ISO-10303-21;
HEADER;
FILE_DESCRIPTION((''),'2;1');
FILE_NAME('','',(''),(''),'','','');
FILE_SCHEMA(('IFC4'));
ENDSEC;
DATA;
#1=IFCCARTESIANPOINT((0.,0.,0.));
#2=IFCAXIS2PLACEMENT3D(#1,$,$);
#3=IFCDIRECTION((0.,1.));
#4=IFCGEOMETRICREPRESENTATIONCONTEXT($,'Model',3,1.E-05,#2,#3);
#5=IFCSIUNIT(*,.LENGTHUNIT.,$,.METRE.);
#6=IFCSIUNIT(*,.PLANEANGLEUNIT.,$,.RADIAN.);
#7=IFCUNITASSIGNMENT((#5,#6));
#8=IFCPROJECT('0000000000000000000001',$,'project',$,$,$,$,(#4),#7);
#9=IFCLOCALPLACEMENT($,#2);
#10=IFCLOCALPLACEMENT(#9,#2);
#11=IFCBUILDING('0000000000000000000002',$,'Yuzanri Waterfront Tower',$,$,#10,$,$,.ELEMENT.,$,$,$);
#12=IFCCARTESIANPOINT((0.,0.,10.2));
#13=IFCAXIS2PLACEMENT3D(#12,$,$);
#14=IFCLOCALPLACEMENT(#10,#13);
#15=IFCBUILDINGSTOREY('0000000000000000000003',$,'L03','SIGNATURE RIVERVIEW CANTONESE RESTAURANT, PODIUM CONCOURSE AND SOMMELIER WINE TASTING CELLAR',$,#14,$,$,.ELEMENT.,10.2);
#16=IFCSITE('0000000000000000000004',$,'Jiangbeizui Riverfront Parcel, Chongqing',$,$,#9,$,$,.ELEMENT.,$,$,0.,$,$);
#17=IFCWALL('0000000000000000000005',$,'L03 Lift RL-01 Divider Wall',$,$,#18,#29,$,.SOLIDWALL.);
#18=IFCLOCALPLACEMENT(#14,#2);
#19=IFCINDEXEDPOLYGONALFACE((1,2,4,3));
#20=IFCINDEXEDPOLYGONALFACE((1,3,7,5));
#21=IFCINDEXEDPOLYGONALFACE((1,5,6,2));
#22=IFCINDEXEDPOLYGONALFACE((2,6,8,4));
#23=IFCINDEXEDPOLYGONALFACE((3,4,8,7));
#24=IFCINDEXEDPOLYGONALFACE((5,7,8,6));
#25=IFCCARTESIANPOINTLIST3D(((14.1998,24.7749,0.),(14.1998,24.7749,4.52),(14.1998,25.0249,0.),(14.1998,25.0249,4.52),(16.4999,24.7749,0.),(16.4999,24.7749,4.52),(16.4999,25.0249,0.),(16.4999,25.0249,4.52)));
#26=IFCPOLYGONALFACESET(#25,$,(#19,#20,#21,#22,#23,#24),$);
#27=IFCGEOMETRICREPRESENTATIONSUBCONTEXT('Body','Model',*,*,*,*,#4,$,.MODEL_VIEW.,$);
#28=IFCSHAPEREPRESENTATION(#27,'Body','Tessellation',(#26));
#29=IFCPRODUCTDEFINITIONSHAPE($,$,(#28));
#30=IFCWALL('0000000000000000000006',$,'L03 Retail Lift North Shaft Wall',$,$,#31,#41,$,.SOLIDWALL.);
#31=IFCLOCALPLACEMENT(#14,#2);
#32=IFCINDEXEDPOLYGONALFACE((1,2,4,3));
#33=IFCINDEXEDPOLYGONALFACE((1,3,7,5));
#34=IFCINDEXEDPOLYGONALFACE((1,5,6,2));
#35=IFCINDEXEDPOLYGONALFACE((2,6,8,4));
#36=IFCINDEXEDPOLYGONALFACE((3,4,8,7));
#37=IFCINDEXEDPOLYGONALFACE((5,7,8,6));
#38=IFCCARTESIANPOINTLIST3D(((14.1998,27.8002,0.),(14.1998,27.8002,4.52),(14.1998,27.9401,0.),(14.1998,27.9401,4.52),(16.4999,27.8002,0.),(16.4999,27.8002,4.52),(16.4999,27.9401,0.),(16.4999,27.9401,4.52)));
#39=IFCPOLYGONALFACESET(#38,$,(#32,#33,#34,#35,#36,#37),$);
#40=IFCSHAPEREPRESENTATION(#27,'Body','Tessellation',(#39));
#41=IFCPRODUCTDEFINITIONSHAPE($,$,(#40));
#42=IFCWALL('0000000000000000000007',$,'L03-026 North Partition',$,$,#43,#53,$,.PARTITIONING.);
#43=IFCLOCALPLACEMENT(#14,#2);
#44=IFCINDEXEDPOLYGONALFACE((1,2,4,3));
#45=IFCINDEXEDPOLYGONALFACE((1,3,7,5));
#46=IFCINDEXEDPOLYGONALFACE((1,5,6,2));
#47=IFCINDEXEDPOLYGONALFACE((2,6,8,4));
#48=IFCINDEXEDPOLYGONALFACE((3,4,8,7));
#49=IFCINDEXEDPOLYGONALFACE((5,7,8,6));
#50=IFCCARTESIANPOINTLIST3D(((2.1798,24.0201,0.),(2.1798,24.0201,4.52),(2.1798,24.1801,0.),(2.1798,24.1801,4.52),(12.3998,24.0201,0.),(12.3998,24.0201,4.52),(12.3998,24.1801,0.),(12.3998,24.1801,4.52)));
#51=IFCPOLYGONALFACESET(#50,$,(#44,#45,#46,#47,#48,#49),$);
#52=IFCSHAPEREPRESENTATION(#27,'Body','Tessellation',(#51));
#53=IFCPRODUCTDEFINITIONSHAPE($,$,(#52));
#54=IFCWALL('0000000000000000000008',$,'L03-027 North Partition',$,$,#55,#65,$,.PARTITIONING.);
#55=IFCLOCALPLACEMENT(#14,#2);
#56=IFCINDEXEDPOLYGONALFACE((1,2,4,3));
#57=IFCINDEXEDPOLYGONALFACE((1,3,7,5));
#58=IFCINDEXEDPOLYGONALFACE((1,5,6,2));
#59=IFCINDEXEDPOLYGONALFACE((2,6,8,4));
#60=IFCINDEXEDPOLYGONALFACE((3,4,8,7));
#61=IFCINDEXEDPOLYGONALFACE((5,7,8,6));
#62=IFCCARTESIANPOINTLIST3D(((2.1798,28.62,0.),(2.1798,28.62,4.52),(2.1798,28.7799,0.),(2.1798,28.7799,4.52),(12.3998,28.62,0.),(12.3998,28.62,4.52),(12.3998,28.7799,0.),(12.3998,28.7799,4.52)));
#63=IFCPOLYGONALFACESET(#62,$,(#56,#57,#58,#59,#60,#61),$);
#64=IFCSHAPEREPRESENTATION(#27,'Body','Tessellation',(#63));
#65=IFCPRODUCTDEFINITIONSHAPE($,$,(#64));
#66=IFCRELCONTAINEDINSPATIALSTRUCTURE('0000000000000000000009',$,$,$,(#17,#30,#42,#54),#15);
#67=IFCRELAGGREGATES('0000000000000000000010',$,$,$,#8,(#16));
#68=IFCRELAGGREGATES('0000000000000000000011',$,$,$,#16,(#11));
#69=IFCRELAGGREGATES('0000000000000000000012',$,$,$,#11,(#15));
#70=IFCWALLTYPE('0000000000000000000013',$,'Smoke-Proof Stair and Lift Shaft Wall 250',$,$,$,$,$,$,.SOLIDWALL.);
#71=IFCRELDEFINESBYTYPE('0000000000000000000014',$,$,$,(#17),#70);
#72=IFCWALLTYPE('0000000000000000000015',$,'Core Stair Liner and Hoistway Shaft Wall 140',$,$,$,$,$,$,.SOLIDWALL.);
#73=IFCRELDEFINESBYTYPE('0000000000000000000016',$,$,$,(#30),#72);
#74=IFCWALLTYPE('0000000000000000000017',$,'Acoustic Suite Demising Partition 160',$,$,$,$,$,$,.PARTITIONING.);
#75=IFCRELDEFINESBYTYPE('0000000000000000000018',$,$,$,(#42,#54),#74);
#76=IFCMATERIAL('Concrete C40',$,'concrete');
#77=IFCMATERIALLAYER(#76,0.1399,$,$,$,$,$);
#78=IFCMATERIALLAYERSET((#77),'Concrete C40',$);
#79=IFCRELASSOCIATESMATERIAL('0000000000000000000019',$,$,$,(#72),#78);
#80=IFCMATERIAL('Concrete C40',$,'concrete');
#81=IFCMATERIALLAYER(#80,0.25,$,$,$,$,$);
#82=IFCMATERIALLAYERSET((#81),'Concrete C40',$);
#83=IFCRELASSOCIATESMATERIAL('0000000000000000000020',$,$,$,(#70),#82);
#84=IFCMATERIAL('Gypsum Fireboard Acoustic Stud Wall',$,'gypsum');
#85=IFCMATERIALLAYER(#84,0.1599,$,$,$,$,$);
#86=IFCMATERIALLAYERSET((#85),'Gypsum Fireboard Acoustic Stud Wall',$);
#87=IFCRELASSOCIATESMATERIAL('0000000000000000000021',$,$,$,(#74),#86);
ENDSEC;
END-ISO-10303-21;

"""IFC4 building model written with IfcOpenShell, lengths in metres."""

from ifc_helpers import new_model, si_unit, direction, frame, frame_2d, origin, place, context, subcontext, project, spatial, rectangle, extrude, source, transform, mapped, material, layer, layer_set, type_object, element, save


model = new_model("IFC4")

# Units and contexts
model_context = context("Model", 3, precision=1e-05, world=origin(), true_north=direction((0.0, 1.0)))
body_context = subcontext(model_context, "Body", "Model", "MODEL_VIEW")
ifc_project = project(units=[si_unit("LENGTHUNIT", "METRE"), si_unit("PLANEANGLEUNIT", "RADIAN")], contexts=[model_context])

# Site, building, storey
site_placement = place(None, origin())
site = spatial("IfcSite", under=ifc_project, at=site_placement, Name="Jiangbeizui Riverfront Parcel, Chongqing", CompositionType="ELEMENT", RefElevation=0.0)
building_placement = place(site_placement, origin())
building = spatial("IfcBuilding", under=site, at=building_placement, Name="Yuzanri Waterfront Tower", CompositionType="ELEMENT")
storey_placement = place(building_placement, frame((0.0, 0.0, 10.2)))
storey = spatial("IfcBuildingStorey", under=building, at=storey_placement, Name="L03", Description="SIGNATURE RIVERVIEW CANTONESE RESTAURANT, PODIUM CONCOURSE AND SOMMELIER WINE TASTING CELLAR", CompositionType="ELEMENT", Elevation=10.2)

# Shared definitions
ifc_material_1 = material(Name="Concrete C40", Category="concrete")
ifc_layer_1 = layer(ifc_material_1, 0.1399)
ifc_layer_set_1 = layer_set([ifc_layer_1], Name="Concrete C40")
wall_type_1 = type_object("IfcWallType", Name="Core Stair Liner and Hoistway Shaft Wall 140", PredefinedType="SOLIDWALL", material=ifc_layer_set_1)

# Walls
ifc_material_2 = material(Name="Concrete C40", Category="concrete")
ifc_layer_2 = layer(ifc_material_2, 0.25)
ifc_layer_set_2 = layer_set([ifc_layer_2], Name="Concrete C40")
wall_type_2 = type_object("IfcWallType", Name="Smoke-Proof Stair and Lift Shaft Wall 250", PredefinedType="SOLIDWALL", material=ifc_layer_set_2)
shared_shape_1 = source(origin(), body_context, "Body", "SweptSolid", [
    extrude(rectangle(XDim=2.3, YDim=0.25, at=frame_2d((1.1499, 0.0))), origin(), (0.0, 0.0, 1.0), 4.52),
])
wall_1_placement = place(storey_placement, frame((14.2, 24.8999, 0.0), z_axis=(0.0, 0.0, 1.0), x_axis=(1.0, 0.0, 0.0)))
element("IfcWall", 1, at=wall_1_placement, inside=storey, type_object=wall_type_2, Name="L03 Lift RL-01 Divider Wall", PredefinedType="SOLIDWALL", context=body_context, shape_type="MappedRepresentation", body=[
    mapped(shared_shape_1, transform((0.0, 0.0, 0.0), scale=1.0)),
])
shared_shape_2 = source(origin(), body_context, "Body", "SweptSolid", [
    extrude(rectangle(XDim=2.3, YDim=0.1399, at=frame_2d((1.1499, 0.0))), origin(), (0.0, 0.0, 1.0), 4.52),
])
wall_2_placement = place(storey_placement, frame((14.2, 27.8701, 0.0), z_axis=(0.0, 0.0, 1.0), x_axis=(1.0, 0.0, 0.0)))
element("IfcWall", 2, at=wall_2_placement, inside=storey, type_object=wall_type_1, Name="L03 Retail Lift North Shaft Wall", PredefinedType="SOLIDWALL", context=body_context, shape_type="MappedRepresentation", body=[
    mapped(shared_shape_2, transform((0.0, 0.0, 0.0), scale=1.0)),
])
ifc_material_3 = material(Name="Gypsum Fireboard Acoustic Stud Wall", Category="gypsum")
ifc_layer_3 = layer(ifc_material_3, 0.1599)
ifc_layer_set_3 = layer_set([ifc_layer_3], Name="Gypsum Fireboard Acoustic Stud Wall")
wall_type_3 = type_object("IfcWallType", Name="Acoustic Suite Demising Partition 160", PredefinedType="PARTITIONING", material=ifc_layer_set_3)
shared_shape_3 = source(origin(), body_context, "Body", "SweptSolid", [
    extrude(rectangle(XDim=10.22, YDim=0.1599, at=frame_2d((5.1099, 0.0))), origin(), (0.0, 0.0, 1.0), 4.52),
])
for number, where, z_axis, x_axis, name in (
    (3, (2.1799, 24.1001, 0.0), (0.0, 0.0, 1.0), (1.0, 0.0, 0.0), "L03-026 North Partition"),
    (4, (2.1799, 28.7, 0.0), (0.0, 0.0, 1.0), (1.0, 0.0, 0.0), "L03-027 North Partition"),
):
    element("IfcWall", number, at=place(storey_placement, frame(where, z_axis=z_axis, x_axis=x_axis)), inside=storey, type_object=wall_type_3, Name=name, PredefinedType="PARTITIONING", context=body_context, shape_type="MappedRepresentation", body=[
        mapped(shared_shape_3, transform((0.0, 0.0, 0.0), scale=1.0)),
    ])

save(model, "model.ifc")
